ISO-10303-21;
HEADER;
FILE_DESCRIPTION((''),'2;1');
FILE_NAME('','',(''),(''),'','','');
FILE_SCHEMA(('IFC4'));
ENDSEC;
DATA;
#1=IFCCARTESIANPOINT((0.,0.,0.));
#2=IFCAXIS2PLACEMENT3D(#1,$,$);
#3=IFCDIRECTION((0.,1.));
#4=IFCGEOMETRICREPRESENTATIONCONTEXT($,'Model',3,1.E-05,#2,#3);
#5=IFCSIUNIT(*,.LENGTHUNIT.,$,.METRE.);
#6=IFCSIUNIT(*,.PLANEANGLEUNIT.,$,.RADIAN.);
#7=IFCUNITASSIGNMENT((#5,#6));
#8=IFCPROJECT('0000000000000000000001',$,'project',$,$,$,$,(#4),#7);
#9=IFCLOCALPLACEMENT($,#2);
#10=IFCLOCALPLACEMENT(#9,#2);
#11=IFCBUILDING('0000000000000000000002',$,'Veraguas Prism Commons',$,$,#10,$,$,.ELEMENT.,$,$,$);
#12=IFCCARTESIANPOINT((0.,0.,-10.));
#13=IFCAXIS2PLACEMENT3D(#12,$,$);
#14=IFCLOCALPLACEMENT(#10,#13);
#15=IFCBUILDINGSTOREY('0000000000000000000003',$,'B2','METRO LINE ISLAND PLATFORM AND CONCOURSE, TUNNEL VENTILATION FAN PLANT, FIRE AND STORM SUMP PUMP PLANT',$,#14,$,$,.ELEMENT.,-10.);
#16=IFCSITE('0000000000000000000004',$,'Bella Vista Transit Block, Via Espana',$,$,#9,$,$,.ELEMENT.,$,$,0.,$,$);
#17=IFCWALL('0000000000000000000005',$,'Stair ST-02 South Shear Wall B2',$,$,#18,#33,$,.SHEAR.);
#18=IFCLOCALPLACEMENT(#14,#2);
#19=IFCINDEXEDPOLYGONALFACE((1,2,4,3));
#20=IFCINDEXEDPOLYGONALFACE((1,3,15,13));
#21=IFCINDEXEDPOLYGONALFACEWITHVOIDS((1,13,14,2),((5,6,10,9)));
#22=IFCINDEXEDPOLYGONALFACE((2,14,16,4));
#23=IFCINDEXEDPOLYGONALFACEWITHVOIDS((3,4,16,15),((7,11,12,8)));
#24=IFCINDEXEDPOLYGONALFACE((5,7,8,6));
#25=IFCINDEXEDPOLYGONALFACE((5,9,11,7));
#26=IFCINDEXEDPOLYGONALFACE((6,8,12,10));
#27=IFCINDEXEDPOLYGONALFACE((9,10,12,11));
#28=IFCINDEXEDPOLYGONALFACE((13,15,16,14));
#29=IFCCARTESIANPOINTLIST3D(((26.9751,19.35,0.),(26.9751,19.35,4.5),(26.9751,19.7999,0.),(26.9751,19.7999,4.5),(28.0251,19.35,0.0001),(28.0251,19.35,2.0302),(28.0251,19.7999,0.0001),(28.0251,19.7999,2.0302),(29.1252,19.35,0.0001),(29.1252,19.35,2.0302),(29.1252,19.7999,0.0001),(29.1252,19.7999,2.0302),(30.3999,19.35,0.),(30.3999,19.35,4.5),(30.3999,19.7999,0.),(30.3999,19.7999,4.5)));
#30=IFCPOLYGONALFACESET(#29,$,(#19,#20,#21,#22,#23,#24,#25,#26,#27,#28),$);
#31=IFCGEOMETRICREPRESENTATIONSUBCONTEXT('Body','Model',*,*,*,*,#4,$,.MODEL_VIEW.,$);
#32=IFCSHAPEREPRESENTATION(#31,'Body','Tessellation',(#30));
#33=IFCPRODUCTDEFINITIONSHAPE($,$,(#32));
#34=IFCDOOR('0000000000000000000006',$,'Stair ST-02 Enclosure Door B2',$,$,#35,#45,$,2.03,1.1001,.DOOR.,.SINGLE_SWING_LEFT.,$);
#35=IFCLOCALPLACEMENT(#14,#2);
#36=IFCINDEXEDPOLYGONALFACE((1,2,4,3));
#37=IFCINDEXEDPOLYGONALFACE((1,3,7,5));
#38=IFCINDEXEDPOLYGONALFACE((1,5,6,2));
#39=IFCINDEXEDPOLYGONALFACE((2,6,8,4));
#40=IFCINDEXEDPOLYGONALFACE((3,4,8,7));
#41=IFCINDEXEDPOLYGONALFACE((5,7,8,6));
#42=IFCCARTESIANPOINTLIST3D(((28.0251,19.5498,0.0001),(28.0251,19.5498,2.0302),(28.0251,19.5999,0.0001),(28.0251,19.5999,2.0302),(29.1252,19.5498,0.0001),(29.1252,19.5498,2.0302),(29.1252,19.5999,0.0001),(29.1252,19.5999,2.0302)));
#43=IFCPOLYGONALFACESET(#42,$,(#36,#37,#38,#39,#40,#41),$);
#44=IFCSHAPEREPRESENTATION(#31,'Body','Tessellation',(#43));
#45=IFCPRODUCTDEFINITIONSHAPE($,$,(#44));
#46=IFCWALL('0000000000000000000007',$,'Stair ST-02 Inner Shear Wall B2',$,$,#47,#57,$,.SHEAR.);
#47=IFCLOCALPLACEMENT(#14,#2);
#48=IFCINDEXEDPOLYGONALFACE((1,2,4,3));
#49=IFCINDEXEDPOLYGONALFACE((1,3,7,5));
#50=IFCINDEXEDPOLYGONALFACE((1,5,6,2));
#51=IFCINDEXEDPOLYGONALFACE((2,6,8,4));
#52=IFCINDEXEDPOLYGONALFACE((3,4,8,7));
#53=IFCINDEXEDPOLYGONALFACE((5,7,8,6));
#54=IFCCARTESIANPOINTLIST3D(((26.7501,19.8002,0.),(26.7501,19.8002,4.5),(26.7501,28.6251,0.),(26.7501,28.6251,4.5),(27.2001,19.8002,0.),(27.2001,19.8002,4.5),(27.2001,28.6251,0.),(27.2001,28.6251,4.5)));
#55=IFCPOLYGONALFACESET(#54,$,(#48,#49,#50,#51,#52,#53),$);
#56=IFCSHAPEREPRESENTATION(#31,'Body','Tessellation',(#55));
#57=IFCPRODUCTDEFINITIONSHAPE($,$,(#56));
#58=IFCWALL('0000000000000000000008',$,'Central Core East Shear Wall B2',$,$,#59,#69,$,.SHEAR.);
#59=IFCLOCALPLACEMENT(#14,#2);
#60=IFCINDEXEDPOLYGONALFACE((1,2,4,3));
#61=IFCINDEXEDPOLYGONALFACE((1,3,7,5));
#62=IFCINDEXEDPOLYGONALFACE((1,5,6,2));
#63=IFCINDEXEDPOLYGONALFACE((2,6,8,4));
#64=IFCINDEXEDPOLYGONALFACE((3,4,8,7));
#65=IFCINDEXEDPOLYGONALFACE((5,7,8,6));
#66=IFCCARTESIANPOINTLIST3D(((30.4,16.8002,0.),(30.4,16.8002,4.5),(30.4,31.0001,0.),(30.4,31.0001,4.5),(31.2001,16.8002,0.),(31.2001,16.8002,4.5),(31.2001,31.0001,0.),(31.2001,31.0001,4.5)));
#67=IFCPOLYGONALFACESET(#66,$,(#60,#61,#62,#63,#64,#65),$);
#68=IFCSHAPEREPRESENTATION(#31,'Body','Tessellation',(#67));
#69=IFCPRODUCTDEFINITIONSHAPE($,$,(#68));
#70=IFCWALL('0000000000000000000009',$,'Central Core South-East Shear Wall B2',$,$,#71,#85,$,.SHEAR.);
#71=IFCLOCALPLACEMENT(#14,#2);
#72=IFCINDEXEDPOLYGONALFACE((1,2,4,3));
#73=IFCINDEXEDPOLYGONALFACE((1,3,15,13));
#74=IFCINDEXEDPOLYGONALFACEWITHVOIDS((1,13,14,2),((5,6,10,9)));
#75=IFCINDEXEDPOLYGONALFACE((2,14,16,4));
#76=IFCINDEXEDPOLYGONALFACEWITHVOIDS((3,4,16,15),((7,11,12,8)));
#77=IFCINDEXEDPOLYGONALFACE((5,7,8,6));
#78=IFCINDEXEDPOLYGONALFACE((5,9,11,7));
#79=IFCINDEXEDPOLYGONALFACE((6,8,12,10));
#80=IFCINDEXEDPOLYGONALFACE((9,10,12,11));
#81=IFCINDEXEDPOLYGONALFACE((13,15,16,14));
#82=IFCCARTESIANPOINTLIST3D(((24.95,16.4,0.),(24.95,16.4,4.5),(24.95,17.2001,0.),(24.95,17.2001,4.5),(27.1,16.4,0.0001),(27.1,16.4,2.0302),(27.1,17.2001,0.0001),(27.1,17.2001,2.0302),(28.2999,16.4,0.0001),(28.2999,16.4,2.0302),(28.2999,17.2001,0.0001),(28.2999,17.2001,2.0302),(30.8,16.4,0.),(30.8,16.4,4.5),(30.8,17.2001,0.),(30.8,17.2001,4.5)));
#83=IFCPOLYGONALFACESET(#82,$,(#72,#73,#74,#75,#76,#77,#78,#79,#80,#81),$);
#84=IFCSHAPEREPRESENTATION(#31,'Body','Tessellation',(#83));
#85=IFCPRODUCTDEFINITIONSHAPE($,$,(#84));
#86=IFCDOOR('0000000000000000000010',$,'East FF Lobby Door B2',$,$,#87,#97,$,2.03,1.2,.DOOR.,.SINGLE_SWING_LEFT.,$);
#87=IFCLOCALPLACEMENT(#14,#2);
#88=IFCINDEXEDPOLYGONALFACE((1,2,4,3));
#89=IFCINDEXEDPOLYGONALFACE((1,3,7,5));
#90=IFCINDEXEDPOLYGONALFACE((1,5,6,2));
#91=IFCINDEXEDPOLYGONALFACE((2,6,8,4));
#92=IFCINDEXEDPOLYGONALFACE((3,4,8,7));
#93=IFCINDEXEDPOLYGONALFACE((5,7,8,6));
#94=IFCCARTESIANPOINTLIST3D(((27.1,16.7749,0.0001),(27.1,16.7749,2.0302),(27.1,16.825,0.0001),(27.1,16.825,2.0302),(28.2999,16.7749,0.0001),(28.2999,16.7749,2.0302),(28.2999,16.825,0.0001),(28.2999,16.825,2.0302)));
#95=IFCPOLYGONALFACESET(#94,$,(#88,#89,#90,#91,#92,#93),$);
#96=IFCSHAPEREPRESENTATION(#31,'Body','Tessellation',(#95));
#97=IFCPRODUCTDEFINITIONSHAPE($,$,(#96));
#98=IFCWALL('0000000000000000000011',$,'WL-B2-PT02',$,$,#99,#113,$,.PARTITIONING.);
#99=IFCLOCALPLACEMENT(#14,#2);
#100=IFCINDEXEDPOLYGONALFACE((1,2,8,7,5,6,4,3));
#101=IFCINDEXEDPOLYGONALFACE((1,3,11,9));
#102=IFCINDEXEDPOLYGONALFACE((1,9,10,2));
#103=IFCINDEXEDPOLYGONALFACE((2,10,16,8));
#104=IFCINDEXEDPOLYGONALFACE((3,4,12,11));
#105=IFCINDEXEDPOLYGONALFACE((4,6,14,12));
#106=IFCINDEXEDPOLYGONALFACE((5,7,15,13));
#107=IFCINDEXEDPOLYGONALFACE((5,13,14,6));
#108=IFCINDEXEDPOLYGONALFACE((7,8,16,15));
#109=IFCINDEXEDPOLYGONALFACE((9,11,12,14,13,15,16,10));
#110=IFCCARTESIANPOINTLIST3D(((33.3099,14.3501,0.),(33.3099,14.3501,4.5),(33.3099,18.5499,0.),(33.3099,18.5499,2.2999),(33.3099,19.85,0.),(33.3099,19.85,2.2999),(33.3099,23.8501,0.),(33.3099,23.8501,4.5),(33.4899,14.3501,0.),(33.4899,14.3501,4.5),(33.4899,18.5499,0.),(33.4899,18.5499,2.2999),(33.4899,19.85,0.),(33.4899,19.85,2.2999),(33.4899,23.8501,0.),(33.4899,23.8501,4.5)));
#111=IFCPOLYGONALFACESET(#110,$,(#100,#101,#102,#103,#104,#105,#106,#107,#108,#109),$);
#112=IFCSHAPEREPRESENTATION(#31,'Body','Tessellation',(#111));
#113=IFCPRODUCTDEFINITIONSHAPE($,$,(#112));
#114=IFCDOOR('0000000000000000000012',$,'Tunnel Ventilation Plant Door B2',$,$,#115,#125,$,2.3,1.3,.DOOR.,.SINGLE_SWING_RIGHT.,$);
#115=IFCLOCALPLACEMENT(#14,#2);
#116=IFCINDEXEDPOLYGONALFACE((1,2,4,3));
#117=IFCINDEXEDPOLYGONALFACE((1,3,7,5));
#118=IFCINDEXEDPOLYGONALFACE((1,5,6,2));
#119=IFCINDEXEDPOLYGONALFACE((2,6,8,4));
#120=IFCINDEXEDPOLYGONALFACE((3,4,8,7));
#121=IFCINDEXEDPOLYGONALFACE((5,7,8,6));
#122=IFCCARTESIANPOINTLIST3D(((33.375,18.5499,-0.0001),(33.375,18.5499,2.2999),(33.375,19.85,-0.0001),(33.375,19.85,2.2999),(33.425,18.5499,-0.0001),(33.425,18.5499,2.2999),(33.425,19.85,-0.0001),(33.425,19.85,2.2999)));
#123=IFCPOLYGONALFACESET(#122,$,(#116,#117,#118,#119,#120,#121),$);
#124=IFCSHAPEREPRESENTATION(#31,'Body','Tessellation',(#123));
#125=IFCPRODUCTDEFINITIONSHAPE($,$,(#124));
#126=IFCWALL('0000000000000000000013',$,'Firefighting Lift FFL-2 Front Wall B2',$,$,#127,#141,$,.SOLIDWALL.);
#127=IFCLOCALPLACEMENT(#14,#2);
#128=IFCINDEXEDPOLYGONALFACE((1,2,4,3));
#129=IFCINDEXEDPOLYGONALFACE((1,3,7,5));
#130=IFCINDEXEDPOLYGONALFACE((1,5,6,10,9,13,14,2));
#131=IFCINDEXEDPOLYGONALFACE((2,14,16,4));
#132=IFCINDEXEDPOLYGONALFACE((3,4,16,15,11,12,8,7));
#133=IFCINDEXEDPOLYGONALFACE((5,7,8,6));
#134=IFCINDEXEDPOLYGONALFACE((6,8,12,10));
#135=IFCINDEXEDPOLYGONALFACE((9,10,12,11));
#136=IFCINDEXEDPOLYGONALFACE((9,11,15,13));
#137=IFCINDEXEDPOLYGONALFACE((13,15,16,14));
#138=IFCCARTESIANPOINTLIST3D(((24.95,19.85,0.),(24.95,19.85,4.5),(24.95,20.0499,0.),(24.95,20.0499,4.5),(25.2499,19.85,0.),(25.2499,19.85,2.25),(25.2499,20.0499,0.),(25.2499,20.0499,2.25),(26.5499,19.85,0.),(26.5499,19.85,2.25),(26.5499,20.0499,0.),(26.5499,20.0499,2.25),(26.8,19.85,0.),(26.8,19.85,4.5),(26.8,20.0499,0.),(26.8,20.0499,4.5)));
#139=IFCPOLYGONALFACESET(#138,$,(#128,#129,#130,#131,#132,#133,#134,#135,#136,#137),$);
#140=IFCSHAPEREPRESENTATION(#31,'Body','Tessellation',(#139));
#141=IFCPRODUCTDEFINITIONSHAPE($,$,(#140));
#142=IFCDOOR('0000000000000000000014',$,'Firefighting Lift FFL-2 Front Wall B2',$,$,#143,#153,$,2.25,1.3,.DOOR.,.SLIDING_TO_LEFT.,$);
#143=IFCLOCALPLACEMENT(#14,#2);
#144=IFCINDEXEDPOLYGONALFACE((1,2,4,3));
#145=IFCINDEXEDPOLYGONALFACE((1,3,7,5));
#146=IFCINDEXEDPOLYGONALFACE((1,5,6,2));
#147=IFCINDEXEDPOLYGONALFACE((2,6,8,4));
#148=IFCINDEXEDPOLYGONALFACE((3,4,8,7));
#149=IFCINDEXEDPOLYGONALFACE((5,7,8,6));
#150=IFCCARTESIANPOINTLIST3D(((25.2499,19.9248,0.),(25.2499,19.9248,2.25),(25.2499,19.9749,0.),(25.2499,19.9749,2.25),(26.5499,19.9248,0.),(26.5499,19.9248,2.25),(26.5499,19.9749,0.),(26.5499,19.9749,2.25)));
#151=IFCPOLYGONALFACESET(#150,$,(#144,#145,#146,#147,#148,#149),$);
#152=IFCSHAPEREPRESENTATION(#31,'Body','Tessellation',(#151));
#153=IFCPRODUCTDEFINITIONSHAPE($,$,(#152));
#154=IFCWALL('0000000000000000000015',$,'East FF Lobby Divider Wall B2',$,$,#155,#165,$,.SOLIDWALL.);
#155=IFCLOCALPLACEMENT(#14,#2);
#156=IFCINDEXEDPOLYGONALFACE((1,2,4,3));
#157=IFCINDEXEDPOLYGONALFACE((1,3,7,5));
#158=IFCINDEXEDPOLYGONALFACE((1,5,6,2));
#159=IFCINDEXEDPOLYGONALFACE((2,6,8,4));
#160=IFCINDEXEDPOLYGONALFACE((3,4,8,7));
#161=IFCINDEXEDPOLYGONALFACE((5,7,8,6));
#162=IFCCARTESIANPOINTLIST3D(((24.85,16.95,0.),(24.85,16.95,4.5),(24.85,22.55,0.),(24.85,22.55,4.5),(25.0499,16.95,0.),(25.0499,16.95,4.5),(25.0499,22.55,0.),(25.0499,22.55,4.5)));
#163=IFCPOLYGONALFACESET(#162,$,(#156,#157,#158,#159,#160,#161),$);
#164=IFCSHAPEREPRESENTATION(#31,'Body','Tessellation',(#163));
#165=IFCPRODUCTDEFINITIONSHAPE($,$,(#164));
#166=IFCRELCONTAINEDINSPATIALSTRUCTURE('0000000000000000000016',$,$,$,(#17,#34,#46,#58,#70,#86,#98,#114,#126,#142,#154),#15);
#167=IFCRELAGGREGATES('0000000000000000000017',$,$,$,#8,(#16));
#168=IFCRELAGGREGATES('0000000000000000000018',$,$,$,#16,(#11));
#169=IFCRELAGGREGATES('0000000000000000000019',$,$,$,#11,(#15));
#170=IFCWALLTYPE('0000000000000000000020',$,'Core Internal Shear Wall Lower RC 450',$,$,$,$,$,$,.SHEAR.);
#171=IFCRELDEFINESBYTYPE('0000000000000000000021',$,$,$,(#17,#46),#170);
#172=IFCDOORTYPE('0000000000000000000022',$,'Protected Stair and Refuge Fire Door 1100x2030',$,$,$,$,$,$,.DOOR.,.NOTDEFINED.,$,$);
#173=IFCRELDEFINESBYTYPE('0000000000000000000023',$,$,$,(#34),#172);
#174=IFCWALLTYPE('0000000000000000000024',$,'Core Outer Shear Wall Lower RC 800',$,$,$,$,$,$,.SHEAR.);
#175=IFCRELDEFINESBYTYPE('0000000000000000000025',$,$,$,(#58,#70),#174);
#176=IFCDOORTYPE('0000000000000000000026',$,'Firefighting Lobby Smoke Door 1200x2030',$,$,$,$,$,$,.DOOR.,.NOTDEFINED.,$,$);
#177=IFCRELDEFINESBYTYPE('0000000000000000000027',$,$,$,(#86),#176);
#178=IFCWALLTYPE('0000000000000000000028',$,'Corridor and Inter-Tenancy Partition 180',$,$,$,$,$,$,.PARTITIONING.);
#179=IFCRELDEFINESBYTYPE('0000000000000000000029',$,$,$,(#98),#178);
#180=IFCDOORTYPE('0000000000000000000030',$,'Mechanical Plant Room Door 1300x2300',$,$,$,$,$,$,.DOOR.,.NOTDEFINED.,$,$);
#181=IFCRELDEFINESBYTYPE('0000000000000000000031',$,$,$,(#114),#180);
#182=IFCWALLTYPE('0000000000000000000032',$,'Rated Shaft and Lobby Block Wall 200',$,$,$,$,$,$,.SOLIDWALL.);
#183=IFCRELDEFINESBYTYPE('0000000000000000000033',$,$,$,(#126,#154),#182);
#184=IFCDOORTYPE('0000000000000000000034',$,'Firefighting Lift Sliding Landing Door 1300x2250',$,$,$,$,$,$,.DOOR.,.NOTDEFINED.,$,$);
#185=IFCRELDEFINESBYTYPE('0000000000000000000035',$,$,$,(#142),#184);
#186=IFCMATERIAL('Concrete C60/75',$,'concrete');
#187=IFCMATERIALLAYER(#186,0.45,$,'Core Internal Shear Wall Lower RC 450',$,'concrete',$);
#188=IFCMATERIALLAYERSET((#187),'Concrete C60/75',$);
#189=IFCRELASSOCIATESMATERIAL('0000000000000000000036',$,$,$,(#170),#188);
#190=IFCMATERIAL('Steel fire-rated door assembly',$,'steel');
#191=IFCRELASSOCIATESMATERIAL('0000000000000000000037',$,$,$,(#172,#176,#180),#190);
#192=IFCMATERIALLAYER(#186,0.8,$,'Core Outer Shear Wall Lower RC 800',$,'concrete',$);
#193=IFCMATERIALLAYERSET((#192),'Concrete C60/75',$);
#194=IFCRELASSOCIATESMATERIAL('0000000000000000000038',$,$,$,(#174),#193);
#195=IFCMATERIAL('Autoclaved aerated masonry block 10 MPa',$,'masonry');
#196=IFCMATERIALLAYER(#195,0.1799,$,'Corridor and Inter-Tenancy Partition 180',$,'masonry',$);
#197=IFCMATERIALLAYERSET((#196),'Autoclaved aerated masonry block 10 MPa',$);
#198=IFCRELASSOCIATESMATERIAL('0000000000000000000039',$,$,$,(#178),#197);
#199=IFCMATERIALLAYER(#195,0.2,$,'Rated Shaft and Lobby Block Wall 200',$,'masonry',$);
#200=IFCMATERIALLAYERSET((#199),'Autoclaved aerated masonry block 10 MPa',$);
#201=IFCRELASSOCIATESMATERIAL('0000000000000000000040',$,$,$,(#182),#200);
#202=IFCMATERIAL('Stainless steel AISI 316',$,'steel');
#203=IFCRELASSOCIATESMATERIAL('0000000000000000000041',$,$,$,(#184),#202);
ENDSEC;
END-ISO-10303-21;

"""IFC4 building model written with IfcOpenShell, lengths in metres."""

from ifc_helpers import new_model, si_unit, direction, frame, frame_2d, origin, place, context, subcontext, project, spatial, rectangle, extrude, source, transform, mapped, material, layer, layer_set, type_object, element, fill, save


model = new_model("IFC4")

# Units and contexts
model_context = context("Model", 3, precision=1e-05, world=origin(), true_north=direction((0.0, 1.0)))
body_context = subcontext(model_context, "Body", "Model", "MODEL_VIEW")
ifc_project = project(units=[si_unit("LENGTHUNIT", "METRE"), si_unit("PLANEANGLEUNIT", "RADIAN")], contexts=[model_context])

# Site, building, storey
site_placement = place(None, origin())
site = spatial("IfcSite", under=ifc_project, at=site_placement, Name="Bella Vista Transit Block, Via Espana", CompositionType="ELEMENT", RefElevation=0.0)
building_placement = place(site_placement, origin())
building = spatial("IfcBuilding", under=site, at=building_placement, Name="Veraguas Prism Commons", CompositionType="ELEMENT")
storey_placement = place(building_placement, frame((0.0, 0.0, -10.0)))
storey = spatial("IfcBuildingStorey", under=building, at=storey_placement, Name="B2", Description="METRO LINE ISLAND PLATFORM AND CONCOURSE, TUNNEL VENTILATION FAN PLANT, FIRE AND STORM SUMP PUMP PLANT", CompositionType="ELEMENT", Elevation=-10.0)

# Shared definitions
ifc_material_1 = material(Name="Concrete C60/75", Category="concrete")

# Wall, opening, door
ifc_layer_1 = layer(ifc_material_1, 0.45, Name="Core Internal Shear Wall Lower RC 450", Category="concrete")
ifc_layer_set_1 = layer_set([ifc_layer_1], Name="Concrete C60/75")
wall_type_1 = type_object("IfcWallType", Name="Core Internal Shear Wall Lower RC 450", PredefinedType="SHEAR", material=ifc_layer_set_1)
wall_1_placement = place(storey_placement, frame((26.9751, 19.575, 0.0), z_axis=(0.0, 0.0, 1.0), x_axis=(1.0, 0.0, 0.0)))
wall_1 = element("IfcWall", 1, at=wall_1_placement, inside=storey, type_object=wall_type_1, Name="Stair ST-02 South Shear Wall B2", PredefinedType="SHEAR", context=body_context, shape_type="SweptSolid", body=[
    extrude(rectangle(XDim=3.4248, YDim=0.45, at=frame_2d((1.7124, 0.0))), origin(), (0.0, 0.0, 1.0), 4.5),
])
opening_1_placement = place(wall_1_placement, frame((1.05, 0.0, 0.0)))
opening_1 = element("IfcOpeningElement", 2, at=opening_1_placement, cuts=wall_1, PredefinedType="OPENING", context=body_context, shape_type="SweptSolid", body=[
    extrude(rectangle(XDim=1.1001, YDim=2.03, at=frame_2d((0.55, 1.0151))), frame((0.0, 0.2349, 0.0), z_axis=(0.0, -1.0, 0.0), x_axis=(1.0, 0.0, 0.0)), (0.0, 0.0, 1.0), 0.47),
])
ifc_material_2 = material(Name="Steel fire-rated door assembly", Category="steel")
door_type_1 = type_object("IfcDoorType", Name="Protected Stair and Refuge Fire Door 1100x2030", OperationType="NOTDEFINED", PredefinedType="DOOR", material=ifc_material_2)
shared_shape_1 = source(origin(), body_context, "Body", "SweptSolid", [
    extrude(rectangle(XDim=1.1001, YDim=2.03, at=frame_2d((0.55, 1.0151))), frame((0.0, 0.0249, 0.0), z_axis=(0.0, -1.0, 0.0), x_axis=(1.0, 0.0, 0.0)), (0.0, 0.0, 1.0), 0.05),
])
door_1_placement = place(opening_1_placement, origin())
door_1 = element("IfcDoor", 3, at=door_1_placement, inside=storey, type_object=door_type_1, Name="Stair ST-02 Enclosure Door B2", OperationType="SINGLE_SWING_LEFT", OverallHeight=2.03, OverallWidth=1.1001, PredefinedType="DOOR", context=body_context, shape_type="MappedRepresentation", body=[
    mapped(shared_shape_1, transform((0.0, 0.0, 0.0), scale=1.0)),
])
fill(opening_1, door_1)

# Walls
wall_2_placement = place(storey_placement, frame((26.9751, 19.8, 0.0), z_axis=(0.0, 0.0, 1.0), x_axis=(0.0, 1.0, 0.0)))
element("IfcWall", 4, at=wall_2_placement, inside=storey, type_object=wall_type_1, Name="Stair ST-02 Inner Shear Wall B2", PredefinedType="SHEAR", context=body_context, shape_type="SweptSolid", body=[
    extrude(rectangle(XDim=8.825, YDim=0.45, at=frame_2d((4.4126, 0.0))), origin(), (0.0, 0.0, 1.0), 4.5),
])
ifc_layer_2 = layer(ifc_material_1, 0.8, Name="Core Outer Shear Wall Lower RC 800", Category="concrete")
ifc_layer_set_2 = layer_set([ifc_layer_2], Name="Concrete C60/75")
wall_type_2 = type_object("IfcWallType", Name="Core Outer Shear Wall Lower RC 800", PredefinedType="SHEAR", material=ifc_layer_set_2)
wall_3_placement = place(storey_placement, frame((30.8, 16.8, 0.0), z_axis=(0.0, 0.0, 1.0), x_axis=(0.0, 1.0, 0.0)))
element("IfcWall", 5, at=wall_3_placement, inside=storey, type_object=wall_type_2, Name="Central Core East Shear Wall B2", PredefinedType="SHEAR", context=body_context, shape_type="SweptSolid", body=[
    extrude(rectangle(XDim=14.2, YDim=0.8, at=frame_2d((7.1001, 0.0))), origin(), (0.0, 0.0, 1.0), 4.5),
])

# Walls, openings, doors
wall_4_placement = place(storey_placement, frame((24.95, 16.8, 0.0), z_axis=(0.0, 0.0, 1.0), x_axis=(1.0, 0.0, 0.0)))
wall_4 = element("IfcWall", 6, at=wall_4_placement, inside=storey, type_object=wall_type_2, Name="Central Core South-East Shear Wall B2", PredefinedType="SHEAR", context=body_context, shape_type="SweptSolid", body=[
    extrude(rectangle(XDim=5.8501, YDim=0.8, at=frame_2d((2.925, 0.0))), origin(), (0.0, 0.0, 1.0), 4.5),
])
opening_2_placement = place(wall_4_placement, frame((2.1499, 0.0, 0.0)))
opening_2 = element("IfcOpeningElement", 7, at=opening_2_placement, cuts=wall_4, PredefinedType="OPENING", context=body_context, shape_type="SweptSolid", body=[
    extrude(rectangle(XDim=1.2, YDim=2.03, at=frame_2d((0.6001, 1.0151))), frame((0.0, 0.4099, 0.0), z_axis=(0.0, -1.0, 0.0), x_axis=(1.0, 0.0, 0.0)), (0.0, 0.0, 1.0), 0.8201),
])
door_type_2 = type_object("IfcDoorType", Name="Firefighting Lobby Smoke Door 1200x2030", OperationType="NOTDEFINED", PredefinedType="DOOR", material=ifc_material_2)
shared_shape_2 = source(origin(), body_context, "Body", "SweptSolid", [
    extrude(rectangle(XDim=1.2, YDim=2.03, at=frame_2d((0.6001, 1.0151))), frame((0.0, 0.0249, 0.0), z_axis=(0.0, -1.0, 0.0), x_axis=(1.0, 0.0, 0.0)), (0.0, 0.0, 1.0), 0.05),
])
door_2_placement = place(opening_2_placement, origin())
door_2 = element("IfcDoor", 8, at=door_2_placement, inside=storey, type_object=door_type_2, Name="East FF Lobby Door B2", OperationType="SINGLE_SWING_LEFT", OverallHeight=2.03, OverallWidth=1.2, PredefinedType="DOOR", context=body_context, shape_type="MappedRepresentation", body=[
    mapped(shared_shape_2, transform((0.0, 0.0, 0.0), scale=1.0)),
])
fill(opening_2, door_2)
ifc_material_3 = material(Name="Autoclaved aerated masonry block 10 MPa", Category="masonry")
ifc_layer_3 = layer(ifc_material_3, 0.1799, Name="Corridor and Inter-Tenancy Partition 180", Category="masonry")
ifc_layer_set_3 = layer_set([ifc_layer_3], Name="Autoclaved aerated masonry block 10 MPa")
wall_type_3 = type_object("IfcWallType", Name="Corridor and Inter-Tenancy Partition 180", PredefinedType="PARTITIONING", material=ifc_layer_set_3)
wall_5_placement = place(storey_placement, frame((33.3999, 14.3501, 0.0), z_axis=(0.0, 0.0, 1.0), x_axis=(0.0, 1.0, 0.0)))
wall_5 = element("IfcWall", 9, at=wall_5_placement, inside=storey, type_object=wall_type_3, Name="WL-B2-PT02", PredefinedType="PARTITIONING", context=body_context, shape_type="SweptSolid", body=[
    extrude(rectangle(XDim=9.5, YDim=0.1799, at=frame_2d((4.75, 0.0))), origin(), (0.0, 0.0, 1.0), 4.5),
])
opening_3_placement = place(wall_5_placement, frame((4.2, 0.0, 0.0)))
opening_3 = element("IfcOpeningElement", 10, at=opening_3_placement, cuts=wall_5, PredefinedType="OPENING", context=body_context, shape_type="SweptSolid", body=[
    extrude(rectangle(XDim=1.3, YDim=2.3, at=frame_2d((0.6499, 1.1499))), frame((0.0, 0.0999, 0.0), z_axis=(0.0, -1.0, 0.0), x_axis=(1.0, 0.0, 0.0)), (0.0, 0.0, 1.0), 0.2),
])
door_type_3 = type_object("IfcDoorType", Name="Mechanical Plant Room Door 1300x2300", OperationType="NOTDEFINED", PredefinedType="DOOR", material=ifc_material_2)
shared_shape_3 = source(origin(), body_context, "Body", "SweptSolid", [
    extrude(rectangle(XDim=1.3, YDim=2.3, at=frame_2d((0.6499, 1.1499))), frame((0.0, 0.0249, 0.0), z_axis=(0.0, -1.0, 0.0), x_axis=(1.0, 0.0, 0.0)), (0.0, 0.0, 1.0), 0.05),
])
door_3_placement = place(opening_3_placement, origin())
door_3 = element("IfcDoor", 11, at=door_3_placement, inside=storey, type_object=door_type_3, Name="Tunnel Ventilation Plant Door B2", OperationType="SINGLE_SWING_RIGHT", OverallHeight=2.3, OverallWidth=1.3, PredefinedType="DOOR", context=body_context, shape_type="MappedRepresentation", body=[
    mapped(shared_shape_3, transform((0.0, 0.0, 0.0), scale=1.0)),
])
fill(opening_3, door_3)
ifc_layer_4 = layer(ifc_material_3, 0.2, Name="Rated Shaft and Lobby Block Wall 200", Category="masonry")
ifc_layer_set_4 = layer_set([ifc_layer_4], Name="Autoclaved aerated masonry block 10 MPa")
wall_type_4 = type_object("IfcWallType", Name="Rated Shaft and Lobby Block Wall 200", PredefinedType="SOLIDWALL", material=ifc_layer_set_4)
wall_6_placement = place(storey_placement, frame((24.95, 19.95, 0.0), z_axis=(0.0, 0.0, 1.0), x_axis=(1.0, 0.0, 0.0)))
wall_6 = element("IfcWall", 12, at=wall_6_placement, inside=storey, type_object=wall_type_4, Name="Firefighting Lift FFL-2 Front Wall B2", PredefinedType="SOLIDWALL", context=body_context, shape_type="SweptSolid", body=[
    extrude(rectangle(XDim=1.8501, YDim=0.2, at=frame_2d((0.925, 0.0))), origin(), (0.0, 0.0, 1.0), 4.5),
])
opening_4_placement = place(wall_6_placement, frame((0.3, 0.0, 0.0)))
opening_4 = element("IfcOpeningElement", 13, at=opening_4_placement, cuts=wall_6, PredefinedType="OPENING", context=body_context, shape_type="SweptSolid", body=[
    extrude(rectangle(XDim=1.3, YDim=2.25, at=frame_2d((0.6499, 1.125))), frame((0.0, 0.1099, 0.0), z_axis=(0.0, -1.0, 0.0), x_axis=(1.0, 0.0, 0.0)), (0.0, 0.0, 1.0), 0.22),
])
ifc_material_4 = material(Name="Stainless steel AISI 316", Category="steel")
door_type_4 = type_object("IfcDoorType", Name="Firefighting Lift Sliding Landing Door 1300x2250", OperationType="NOTDEFINED", PredefinedType="DOOR", material=ifc_material_4)
shared_shape_4 = source(origin(), body_context, "Body", "SweptSolid", [
    extrude(rectangle(XDim=1.3, YDim=2.25, at=frame_2d((0.6499, 1.125))), frame((0.0, 0.0249, 0.0), z_axis=(0.0, -1.0, 0.0), x_axis=(1.0, 0.0, 0.0)), (0.0, 0.0, 1.0), 0.05),
])
door_4_placement = place(opening_4_placement, origin())
door_4 = element("IfcDoor", 14, at=door_4_placement, inside=storey, type_object=door_type_4, Name="Firefighting Lift FFL-2 Front Wall B2", OperationType="SLIDING_TO_LEFT", OverallHeight=2.25, OverallWidth=1.3, PredefinedType="DOOR", context=body_context, shape_type="MappedRepresentation", body=[
    mapped(shared_shape_4, transform((0.0, 0.0, 0.0), scale=1.0)),
])
fill(opening_4, door_4)

# Wall
wall_7_placement = place(storey_placement, frame((24.95, 16.95, 0.0), z_axis=(0.0, 0.0, 1.0), x_axis=(0.0, 1.0, 0.0)))
element("IfcWall", 15, at=wall_7_placement, inside=storey, type_object=wall_type_4, Name="East FF Lobby Divider Wall B2", PredefinedType="SOLIDWALL", context=body_context, shape_type="SweptSolid", body=[
    extrude(rectangle(XDim=5.6001, YDim=0.2, at=frame_2d((2.8, 0.0))), origin(), (0.0, 0.0, 1.0), 4.5),
])

save(model, "model.ifc")
